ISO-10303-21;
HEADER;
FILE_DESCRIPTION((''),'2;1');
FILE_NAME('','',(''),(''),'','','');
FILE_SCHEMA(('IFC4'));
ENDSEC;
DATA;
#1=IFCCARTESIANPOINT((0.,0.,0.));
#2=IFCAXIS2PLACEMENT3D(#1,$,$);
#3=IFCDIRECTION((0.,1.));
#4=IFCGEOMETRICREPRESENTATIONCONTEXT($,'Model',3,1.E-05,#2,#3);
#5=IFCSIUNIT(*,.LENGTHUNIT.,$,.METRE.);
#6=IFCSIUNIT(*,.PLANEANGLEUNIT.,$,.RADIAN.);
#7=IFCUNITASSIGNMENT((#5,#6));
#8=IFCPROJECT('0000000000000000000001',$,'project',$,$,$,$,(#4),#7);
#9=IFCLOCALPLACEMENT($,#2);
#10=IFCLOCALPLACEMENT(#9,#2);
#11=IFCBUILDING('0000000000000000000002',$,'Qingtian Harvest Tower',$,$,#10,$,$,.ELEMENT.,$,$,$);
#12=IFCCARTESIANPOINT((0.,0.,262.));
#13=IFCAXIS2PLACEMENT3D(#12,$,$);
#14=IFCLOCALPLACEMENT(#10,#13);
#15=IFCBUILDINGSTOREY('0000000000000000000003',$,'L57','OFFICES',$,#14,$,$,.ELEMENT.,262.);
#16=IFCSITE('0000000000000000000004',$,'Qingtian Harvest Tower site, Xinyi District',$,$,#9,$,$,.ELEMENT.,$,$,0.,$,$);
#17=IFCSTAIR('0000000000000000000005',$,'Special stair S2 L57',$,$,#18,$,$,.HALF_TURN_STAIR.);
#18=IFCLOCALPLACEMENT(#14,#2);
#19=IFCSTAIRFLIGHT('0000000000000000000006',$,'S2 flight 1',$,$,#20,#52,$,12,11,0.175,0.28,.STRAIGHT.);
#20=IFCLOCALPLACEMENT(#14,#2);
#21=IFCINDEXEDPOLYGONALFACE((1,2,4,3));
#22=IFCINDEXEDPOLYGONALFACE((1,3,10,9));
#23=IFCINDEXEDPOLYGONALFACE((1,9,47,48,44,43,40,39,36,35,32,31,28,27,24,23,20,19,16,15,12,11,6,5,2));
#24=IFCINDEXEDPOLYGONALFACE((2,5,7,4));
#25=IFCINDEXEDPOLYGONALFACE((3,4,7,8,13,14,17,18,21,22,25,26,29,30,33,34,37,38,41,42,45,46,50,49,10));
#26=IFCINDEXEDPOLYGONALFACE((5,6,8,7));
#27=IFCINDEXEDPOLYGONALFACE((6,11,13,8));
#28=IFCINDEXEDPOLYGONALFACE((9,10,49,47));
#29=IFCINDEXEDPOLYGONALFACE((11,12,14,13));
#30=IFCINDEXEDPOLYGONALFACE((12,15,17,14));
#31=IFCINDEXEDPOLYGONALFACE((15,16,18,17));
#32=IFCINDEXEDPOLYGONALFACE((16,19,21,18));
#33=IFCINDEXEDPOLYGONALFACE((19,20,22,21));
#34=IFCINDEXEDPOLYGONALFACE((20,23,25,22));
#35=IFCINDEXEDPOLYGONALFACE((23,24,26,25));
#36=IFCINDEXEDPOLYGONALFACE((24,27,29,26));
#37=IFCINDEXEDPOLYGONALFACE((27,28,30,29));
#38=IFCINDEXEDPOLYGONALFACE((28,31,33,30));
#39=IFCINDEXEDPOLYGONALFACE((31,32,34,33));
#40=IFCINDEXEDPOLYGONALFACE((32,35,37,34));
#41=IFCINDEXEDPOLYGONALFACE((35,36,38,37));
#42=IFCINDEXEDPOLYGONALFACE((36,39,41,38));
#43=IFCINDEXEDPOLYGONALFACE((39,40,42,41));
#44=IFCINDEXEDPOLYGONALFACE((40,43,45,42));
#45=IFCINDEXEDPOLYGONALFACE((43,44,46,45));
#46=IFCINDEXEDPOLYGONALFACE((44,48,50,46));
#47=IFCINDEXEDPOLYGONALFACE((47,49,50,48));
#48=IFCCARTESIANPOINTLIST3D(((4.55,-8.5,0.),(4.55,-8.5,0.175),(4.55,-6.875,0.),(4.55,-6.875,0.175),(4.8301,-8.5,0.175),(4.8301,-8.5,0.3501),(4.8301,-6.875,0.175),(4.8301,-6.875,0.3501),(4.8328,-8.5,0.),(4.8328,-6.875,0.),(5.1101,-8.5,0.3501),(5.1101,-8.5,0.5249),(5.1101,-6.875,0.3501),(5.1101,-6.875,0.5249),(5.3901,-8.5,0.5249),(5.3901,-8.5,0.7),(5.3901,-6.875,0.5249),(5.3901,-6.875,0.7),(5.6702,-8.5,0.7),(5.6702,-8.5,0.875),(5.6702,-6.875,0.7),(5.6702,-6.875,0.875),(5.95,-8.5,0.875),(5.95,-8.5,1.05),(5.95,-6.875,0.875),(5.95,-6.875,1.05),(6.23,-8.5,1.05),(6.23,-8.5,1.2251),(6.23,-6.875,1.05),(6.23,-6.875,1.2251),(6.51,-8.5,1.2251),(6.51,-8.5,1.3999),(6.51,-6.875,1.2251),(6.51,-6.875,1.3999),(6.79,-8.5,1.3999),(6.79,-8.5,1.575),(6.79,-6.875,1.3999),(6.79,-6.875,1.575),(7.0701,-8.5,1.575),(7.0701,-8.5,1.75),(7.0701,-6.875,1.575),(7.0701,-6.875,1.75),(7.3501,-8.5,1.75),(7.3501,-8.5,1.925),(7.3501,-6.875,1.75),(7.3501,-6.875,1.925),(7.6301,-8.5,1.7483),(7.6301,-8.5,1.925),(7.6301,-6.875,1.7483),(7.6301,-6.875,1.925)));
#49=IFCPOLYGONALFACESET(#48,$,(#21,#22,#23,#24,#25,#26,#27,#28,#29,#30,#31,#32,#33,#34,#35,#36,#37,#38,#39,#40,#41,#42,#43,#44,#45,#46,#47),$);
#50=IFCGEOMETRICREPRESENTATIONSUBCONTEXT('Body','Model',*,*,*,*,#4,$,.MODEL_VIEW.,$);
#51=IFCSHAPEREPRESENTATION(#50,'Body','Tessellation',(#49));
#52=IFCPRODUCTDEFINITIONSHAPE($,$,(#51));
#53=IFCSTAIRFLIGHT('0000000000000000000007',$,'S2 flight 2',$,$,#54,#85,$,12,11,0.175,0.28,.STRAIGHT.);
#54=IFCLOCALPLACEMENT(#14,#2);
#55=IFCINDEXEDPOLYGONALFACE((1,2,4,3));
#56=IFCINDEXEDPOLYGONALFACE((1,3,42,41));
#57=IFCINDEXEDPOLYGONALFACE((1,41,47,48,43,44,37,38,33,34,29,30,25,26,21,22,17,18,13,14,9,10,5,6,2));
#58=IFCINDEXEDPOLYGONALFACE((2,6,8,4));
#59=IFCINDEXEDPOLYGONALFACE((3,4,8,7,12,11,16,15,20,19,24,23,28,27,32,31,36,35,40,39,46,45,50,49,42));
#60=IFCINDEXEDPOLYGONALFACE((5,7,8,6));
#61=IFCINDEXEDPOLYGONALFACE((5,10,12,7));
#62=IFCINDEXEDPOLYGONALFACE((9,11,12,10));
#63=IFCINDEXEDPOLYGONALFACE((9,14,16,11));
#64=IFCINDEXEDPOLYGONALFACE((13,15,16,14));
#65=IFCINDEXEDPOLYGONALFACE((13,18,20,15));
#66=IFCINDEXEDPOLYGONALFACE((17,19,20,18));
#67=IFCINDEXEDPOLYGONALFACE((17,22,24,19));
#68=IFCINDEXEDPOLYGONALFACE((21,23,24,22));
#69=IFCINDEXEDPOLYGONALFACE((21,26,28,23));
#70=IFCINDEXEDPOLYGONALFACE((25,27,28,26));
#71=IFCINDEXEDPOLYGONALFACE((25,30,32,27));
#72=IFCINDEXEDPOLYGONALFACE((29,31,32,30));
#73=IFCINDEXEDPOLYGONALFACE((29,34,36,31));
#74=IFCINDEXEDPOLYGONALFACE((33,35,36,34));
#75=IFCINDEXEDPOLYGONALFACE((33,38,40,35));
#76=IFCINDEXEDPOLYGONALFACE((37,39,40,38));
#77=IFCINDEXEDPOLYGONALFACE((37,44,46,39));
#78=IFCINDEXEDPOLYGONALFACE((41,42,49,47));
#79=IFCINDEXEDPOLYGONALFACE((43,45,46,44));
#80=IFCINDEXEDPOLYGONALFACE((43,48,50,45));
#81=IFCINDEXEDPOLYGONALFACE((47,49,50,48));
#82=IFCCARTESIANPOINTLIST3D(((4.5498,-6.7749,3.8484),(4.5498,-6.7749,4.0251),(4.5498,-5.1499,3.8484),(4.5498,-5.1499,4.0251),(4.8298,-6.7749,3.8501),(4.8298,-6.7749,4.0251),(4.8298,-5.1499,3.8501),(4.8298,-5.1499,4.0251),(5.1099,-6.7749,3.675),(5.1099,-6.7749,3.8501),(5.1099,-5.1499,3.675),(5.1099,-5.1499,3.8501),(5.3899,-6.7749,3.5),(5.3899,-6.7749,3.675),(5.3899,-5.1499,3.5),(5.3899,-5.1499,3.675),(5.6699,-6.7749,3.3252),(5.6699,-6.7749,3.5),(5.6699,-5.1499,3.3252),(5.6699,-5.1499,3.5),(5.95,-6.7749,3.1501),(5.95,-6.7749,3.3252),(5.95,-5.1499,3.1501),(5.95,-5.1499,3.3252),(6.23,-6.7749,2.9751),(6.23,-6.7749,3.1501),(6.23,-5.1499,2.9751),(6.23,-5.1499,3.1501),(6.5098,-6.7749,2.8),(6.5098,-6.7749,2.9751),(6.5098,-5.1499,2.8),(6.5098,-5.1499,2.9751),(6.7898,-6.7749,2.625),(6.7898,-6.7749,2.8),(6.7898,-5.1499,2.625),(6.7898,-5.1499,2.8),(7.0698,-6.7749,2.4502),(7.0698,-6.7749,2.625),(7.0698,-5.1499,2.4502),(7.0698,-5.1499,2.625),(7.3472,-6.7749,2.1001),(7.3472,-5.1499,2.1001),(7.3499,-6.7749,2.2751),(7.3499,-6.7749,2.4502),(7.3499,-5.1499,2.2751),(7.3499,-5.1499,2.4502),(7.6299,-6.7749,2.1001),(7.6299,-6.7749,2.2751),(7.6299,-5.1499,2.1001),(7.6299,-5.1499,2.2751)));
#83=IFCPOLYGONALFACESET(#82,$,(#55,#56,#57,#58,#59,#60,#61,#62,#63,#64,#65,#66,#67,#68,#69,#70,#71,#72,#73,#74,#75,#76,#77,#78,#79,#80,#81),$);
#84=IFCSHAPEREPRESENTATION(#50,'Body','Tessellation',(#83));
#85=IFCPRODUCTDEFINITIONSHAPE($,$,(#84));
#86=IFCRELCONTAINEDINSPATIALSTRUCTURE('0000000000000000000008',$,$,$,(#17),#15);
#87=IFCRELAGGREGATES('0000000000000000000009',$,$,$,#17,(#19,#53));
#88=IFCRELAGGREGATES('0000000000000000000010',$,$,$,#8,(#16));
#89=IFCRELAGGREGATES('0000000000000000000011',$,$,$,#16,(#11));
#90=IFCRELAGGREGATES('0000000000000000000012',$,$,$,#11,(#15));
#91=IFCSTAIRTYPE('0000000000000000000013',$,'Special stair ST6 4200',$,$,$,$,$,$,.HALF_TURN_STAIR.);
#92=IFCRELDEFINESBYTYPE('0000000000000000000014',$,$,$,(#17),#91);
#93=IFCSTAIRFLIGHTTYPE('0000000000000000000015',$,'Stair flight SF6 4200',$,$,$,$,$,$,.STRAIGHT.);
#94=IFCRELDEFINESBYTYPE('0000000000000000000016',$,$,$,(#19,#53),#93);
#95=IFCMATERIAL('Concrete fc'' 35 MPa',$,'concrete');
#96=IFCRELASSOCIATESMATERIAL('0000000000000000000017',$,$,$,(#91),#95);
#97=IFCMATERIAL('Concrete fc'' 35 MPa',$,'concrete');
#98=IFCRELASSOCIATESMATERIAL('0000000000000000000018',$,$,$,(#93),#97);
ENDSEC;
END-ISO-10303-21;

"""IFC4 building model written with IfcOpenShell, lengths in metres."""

from ifc_helpers import new_model, si_unit, direction, frame, origin, place, context, subcontext, project, spatial, polyline, outline, extrude, material, type_object, element, aggregate, save


model = new_model("IFC4")

# Units and contexts
model_context = context("Model", 3, precision=1e-05, world=origin(), true_north=direction((0.0, 1.0)))
body_context = subcontext(model_context, "Body", "Model", "MODEL_VIEW")
ifc_project = project(units=[si_unit("LENGTHUNIT", "METRE"), si_unit("PLANEANGLEUNIT", "RADIAN")], contexts=[model_context])

# Site, building, storey
site_placement = place(None, origin())
site = spatial("IfcSite", under=ifc_project, at=site_placement, Name="Qingtian Harvest Tower site, Xinyi District", CompositionType="ELEMENT", RefElevation=0.0)
building_placement = place(site_placement, origin())
building = spatial("IfcBuilding", under=site, at=building_placement, Name="Qingtian Harvest Tower", CompositionType="ELEMENT")
storey_placement = place(building_placement, frame((0.0, 0.0, 262.0)))
storey = spatial("IfcBuildingStorey", under=building, at=storey_placement, Name="L57", Description="OFFICES", CompositionType="ELEMENT", Elevation=262.0)

# Stair, stair flights
ifc_material_1 = material(Name="Concrete fc' 35 MPa", Category="concrete")
stair_type = type_object("IfcStairType", Name="Special stair ST6 4200", PredefinedType="HALF_TURN_STAIR", material=ifc_material_1)
stair_placement = place(storey_placement, origin())
stair = element("IfcStair", 1, at=stair_placement, inside=storey, type_object=stair_type, Name="Special stair S2 L57", PredefinedType="HALF_TURN_STAIR")
ifc_material_2 = material(Name="Concrete fc' 35 MPa", Category="concrete")
stair_flight_type = type_object("IfcStairFlightType", Name="Stair flight SF6 4200", PredefinedType="STRAIGHT", material=ifc_material_2)
stair_flight_1_placement = place(storey_placement, frame((4.55, -7.6875, 0.0), z_axis=(0.0, 0.0, 1.0), x_axis=(1.0, 0.0, 0.0)))
stair_flight_1 = element("IfcStairFlight", 2, at=stair_flight_1_placement, type_object=stair_flight_type, Name="S2 flight 1", NumberOfRisers=12, NumberOfTreads=11, PredefinedType="STRAIGHT", RiserHeight=0.175, TreadLength=0.28, context=body_context, shape_type="SweptSolid", body=[
    extrude(outline(polyline([(0.0, 0.0), (0.0, 0.175), (0.28, 0.175), (0.28, 0.3501), (0.5601, 0.3501), (0.5601, 0.5249), (0.8401, 0.5249), (0.8401, 0.7), (1.1201, 0.7), (1.1201, 0.875), (1.3999, 0.875), (1.3999, 1.05), (1.6799, 1.05), (1.6799, 1.2251), (1.96, 1.2251), (1.96, 1.3999), (2.24, 1.3999), (2.24, 1.575), (2.52, 1.575), (2.52, 1.75), (2.8, 1.75), (2.8, 1.925), (3.0801, 1.925), (3.0801, 2.1001), (3.0801, 1.7483), (0.2827, 0.0), (0.0, 0.0)])), frame((0.0, 0.8125, 0.0), z_axis=(0.0, -1.0, 0.0), x_axis=(1.0, 0.0, 0.0)), (0.0, 0.0, 1.0), 1.625),
])
stair_flight_2_placement = place(storey_placement, frame((7.6299, -5.9624, 2.1001), z_axis=(0.0, 0.0, 1.0), x_axis=(-1.0, 0.0, 0.0)))
stair_flight_2 = element("IfcStairFlight", 3, at=stair_flight_2_placement, type_object=stair_flight_type, Name="S2 flight 2", NumberOfRisers=12, NumberOfTreads=11, PredefinedType="STRAIGHT", RiserHeight=0.175, TreadLength=0.28, context=body_context, shape_type="SweptSolid", body=[
    extrude(outline(polyline([(0.0, 0.0), (0.0, 0.175), (0.28, 0.175), (0.28, 0.3501), (0.5601, 0.3501), (0.5601, 0.5249), (0.8401, 0.5249), (0.8401, 0.7), (1.1201, 0.7), (1.1201, 0.875), (1.3999, 0.875), (1.3999, 1.05), (1.6799, 1.05), (1.6799, 1.2251), (1.96, 1.2251), (1.96, 1.3999), (2.24, 1.3999), (2.24, 1.575), (2.52, 1.575), (2.52, 1.75), (2.8, 1.75), (2.8, 1.925), (3.0801, 1.925), (3.0801, 2.1001), (3.0801, 1.7483), (0.2827, 0.0), (0.0, 0.0)])), frame((0.0, 0.8125, 0.0), z_axis=(0.0, -1.0, 0.0), x_axis=(1.0, 0.0, 0.0)), (0.0, 0.0, 1.0), 1.625),
])
aggregate(stair, [stair_flight_1, stair_flight_2])

save(model, "model.ifc")
